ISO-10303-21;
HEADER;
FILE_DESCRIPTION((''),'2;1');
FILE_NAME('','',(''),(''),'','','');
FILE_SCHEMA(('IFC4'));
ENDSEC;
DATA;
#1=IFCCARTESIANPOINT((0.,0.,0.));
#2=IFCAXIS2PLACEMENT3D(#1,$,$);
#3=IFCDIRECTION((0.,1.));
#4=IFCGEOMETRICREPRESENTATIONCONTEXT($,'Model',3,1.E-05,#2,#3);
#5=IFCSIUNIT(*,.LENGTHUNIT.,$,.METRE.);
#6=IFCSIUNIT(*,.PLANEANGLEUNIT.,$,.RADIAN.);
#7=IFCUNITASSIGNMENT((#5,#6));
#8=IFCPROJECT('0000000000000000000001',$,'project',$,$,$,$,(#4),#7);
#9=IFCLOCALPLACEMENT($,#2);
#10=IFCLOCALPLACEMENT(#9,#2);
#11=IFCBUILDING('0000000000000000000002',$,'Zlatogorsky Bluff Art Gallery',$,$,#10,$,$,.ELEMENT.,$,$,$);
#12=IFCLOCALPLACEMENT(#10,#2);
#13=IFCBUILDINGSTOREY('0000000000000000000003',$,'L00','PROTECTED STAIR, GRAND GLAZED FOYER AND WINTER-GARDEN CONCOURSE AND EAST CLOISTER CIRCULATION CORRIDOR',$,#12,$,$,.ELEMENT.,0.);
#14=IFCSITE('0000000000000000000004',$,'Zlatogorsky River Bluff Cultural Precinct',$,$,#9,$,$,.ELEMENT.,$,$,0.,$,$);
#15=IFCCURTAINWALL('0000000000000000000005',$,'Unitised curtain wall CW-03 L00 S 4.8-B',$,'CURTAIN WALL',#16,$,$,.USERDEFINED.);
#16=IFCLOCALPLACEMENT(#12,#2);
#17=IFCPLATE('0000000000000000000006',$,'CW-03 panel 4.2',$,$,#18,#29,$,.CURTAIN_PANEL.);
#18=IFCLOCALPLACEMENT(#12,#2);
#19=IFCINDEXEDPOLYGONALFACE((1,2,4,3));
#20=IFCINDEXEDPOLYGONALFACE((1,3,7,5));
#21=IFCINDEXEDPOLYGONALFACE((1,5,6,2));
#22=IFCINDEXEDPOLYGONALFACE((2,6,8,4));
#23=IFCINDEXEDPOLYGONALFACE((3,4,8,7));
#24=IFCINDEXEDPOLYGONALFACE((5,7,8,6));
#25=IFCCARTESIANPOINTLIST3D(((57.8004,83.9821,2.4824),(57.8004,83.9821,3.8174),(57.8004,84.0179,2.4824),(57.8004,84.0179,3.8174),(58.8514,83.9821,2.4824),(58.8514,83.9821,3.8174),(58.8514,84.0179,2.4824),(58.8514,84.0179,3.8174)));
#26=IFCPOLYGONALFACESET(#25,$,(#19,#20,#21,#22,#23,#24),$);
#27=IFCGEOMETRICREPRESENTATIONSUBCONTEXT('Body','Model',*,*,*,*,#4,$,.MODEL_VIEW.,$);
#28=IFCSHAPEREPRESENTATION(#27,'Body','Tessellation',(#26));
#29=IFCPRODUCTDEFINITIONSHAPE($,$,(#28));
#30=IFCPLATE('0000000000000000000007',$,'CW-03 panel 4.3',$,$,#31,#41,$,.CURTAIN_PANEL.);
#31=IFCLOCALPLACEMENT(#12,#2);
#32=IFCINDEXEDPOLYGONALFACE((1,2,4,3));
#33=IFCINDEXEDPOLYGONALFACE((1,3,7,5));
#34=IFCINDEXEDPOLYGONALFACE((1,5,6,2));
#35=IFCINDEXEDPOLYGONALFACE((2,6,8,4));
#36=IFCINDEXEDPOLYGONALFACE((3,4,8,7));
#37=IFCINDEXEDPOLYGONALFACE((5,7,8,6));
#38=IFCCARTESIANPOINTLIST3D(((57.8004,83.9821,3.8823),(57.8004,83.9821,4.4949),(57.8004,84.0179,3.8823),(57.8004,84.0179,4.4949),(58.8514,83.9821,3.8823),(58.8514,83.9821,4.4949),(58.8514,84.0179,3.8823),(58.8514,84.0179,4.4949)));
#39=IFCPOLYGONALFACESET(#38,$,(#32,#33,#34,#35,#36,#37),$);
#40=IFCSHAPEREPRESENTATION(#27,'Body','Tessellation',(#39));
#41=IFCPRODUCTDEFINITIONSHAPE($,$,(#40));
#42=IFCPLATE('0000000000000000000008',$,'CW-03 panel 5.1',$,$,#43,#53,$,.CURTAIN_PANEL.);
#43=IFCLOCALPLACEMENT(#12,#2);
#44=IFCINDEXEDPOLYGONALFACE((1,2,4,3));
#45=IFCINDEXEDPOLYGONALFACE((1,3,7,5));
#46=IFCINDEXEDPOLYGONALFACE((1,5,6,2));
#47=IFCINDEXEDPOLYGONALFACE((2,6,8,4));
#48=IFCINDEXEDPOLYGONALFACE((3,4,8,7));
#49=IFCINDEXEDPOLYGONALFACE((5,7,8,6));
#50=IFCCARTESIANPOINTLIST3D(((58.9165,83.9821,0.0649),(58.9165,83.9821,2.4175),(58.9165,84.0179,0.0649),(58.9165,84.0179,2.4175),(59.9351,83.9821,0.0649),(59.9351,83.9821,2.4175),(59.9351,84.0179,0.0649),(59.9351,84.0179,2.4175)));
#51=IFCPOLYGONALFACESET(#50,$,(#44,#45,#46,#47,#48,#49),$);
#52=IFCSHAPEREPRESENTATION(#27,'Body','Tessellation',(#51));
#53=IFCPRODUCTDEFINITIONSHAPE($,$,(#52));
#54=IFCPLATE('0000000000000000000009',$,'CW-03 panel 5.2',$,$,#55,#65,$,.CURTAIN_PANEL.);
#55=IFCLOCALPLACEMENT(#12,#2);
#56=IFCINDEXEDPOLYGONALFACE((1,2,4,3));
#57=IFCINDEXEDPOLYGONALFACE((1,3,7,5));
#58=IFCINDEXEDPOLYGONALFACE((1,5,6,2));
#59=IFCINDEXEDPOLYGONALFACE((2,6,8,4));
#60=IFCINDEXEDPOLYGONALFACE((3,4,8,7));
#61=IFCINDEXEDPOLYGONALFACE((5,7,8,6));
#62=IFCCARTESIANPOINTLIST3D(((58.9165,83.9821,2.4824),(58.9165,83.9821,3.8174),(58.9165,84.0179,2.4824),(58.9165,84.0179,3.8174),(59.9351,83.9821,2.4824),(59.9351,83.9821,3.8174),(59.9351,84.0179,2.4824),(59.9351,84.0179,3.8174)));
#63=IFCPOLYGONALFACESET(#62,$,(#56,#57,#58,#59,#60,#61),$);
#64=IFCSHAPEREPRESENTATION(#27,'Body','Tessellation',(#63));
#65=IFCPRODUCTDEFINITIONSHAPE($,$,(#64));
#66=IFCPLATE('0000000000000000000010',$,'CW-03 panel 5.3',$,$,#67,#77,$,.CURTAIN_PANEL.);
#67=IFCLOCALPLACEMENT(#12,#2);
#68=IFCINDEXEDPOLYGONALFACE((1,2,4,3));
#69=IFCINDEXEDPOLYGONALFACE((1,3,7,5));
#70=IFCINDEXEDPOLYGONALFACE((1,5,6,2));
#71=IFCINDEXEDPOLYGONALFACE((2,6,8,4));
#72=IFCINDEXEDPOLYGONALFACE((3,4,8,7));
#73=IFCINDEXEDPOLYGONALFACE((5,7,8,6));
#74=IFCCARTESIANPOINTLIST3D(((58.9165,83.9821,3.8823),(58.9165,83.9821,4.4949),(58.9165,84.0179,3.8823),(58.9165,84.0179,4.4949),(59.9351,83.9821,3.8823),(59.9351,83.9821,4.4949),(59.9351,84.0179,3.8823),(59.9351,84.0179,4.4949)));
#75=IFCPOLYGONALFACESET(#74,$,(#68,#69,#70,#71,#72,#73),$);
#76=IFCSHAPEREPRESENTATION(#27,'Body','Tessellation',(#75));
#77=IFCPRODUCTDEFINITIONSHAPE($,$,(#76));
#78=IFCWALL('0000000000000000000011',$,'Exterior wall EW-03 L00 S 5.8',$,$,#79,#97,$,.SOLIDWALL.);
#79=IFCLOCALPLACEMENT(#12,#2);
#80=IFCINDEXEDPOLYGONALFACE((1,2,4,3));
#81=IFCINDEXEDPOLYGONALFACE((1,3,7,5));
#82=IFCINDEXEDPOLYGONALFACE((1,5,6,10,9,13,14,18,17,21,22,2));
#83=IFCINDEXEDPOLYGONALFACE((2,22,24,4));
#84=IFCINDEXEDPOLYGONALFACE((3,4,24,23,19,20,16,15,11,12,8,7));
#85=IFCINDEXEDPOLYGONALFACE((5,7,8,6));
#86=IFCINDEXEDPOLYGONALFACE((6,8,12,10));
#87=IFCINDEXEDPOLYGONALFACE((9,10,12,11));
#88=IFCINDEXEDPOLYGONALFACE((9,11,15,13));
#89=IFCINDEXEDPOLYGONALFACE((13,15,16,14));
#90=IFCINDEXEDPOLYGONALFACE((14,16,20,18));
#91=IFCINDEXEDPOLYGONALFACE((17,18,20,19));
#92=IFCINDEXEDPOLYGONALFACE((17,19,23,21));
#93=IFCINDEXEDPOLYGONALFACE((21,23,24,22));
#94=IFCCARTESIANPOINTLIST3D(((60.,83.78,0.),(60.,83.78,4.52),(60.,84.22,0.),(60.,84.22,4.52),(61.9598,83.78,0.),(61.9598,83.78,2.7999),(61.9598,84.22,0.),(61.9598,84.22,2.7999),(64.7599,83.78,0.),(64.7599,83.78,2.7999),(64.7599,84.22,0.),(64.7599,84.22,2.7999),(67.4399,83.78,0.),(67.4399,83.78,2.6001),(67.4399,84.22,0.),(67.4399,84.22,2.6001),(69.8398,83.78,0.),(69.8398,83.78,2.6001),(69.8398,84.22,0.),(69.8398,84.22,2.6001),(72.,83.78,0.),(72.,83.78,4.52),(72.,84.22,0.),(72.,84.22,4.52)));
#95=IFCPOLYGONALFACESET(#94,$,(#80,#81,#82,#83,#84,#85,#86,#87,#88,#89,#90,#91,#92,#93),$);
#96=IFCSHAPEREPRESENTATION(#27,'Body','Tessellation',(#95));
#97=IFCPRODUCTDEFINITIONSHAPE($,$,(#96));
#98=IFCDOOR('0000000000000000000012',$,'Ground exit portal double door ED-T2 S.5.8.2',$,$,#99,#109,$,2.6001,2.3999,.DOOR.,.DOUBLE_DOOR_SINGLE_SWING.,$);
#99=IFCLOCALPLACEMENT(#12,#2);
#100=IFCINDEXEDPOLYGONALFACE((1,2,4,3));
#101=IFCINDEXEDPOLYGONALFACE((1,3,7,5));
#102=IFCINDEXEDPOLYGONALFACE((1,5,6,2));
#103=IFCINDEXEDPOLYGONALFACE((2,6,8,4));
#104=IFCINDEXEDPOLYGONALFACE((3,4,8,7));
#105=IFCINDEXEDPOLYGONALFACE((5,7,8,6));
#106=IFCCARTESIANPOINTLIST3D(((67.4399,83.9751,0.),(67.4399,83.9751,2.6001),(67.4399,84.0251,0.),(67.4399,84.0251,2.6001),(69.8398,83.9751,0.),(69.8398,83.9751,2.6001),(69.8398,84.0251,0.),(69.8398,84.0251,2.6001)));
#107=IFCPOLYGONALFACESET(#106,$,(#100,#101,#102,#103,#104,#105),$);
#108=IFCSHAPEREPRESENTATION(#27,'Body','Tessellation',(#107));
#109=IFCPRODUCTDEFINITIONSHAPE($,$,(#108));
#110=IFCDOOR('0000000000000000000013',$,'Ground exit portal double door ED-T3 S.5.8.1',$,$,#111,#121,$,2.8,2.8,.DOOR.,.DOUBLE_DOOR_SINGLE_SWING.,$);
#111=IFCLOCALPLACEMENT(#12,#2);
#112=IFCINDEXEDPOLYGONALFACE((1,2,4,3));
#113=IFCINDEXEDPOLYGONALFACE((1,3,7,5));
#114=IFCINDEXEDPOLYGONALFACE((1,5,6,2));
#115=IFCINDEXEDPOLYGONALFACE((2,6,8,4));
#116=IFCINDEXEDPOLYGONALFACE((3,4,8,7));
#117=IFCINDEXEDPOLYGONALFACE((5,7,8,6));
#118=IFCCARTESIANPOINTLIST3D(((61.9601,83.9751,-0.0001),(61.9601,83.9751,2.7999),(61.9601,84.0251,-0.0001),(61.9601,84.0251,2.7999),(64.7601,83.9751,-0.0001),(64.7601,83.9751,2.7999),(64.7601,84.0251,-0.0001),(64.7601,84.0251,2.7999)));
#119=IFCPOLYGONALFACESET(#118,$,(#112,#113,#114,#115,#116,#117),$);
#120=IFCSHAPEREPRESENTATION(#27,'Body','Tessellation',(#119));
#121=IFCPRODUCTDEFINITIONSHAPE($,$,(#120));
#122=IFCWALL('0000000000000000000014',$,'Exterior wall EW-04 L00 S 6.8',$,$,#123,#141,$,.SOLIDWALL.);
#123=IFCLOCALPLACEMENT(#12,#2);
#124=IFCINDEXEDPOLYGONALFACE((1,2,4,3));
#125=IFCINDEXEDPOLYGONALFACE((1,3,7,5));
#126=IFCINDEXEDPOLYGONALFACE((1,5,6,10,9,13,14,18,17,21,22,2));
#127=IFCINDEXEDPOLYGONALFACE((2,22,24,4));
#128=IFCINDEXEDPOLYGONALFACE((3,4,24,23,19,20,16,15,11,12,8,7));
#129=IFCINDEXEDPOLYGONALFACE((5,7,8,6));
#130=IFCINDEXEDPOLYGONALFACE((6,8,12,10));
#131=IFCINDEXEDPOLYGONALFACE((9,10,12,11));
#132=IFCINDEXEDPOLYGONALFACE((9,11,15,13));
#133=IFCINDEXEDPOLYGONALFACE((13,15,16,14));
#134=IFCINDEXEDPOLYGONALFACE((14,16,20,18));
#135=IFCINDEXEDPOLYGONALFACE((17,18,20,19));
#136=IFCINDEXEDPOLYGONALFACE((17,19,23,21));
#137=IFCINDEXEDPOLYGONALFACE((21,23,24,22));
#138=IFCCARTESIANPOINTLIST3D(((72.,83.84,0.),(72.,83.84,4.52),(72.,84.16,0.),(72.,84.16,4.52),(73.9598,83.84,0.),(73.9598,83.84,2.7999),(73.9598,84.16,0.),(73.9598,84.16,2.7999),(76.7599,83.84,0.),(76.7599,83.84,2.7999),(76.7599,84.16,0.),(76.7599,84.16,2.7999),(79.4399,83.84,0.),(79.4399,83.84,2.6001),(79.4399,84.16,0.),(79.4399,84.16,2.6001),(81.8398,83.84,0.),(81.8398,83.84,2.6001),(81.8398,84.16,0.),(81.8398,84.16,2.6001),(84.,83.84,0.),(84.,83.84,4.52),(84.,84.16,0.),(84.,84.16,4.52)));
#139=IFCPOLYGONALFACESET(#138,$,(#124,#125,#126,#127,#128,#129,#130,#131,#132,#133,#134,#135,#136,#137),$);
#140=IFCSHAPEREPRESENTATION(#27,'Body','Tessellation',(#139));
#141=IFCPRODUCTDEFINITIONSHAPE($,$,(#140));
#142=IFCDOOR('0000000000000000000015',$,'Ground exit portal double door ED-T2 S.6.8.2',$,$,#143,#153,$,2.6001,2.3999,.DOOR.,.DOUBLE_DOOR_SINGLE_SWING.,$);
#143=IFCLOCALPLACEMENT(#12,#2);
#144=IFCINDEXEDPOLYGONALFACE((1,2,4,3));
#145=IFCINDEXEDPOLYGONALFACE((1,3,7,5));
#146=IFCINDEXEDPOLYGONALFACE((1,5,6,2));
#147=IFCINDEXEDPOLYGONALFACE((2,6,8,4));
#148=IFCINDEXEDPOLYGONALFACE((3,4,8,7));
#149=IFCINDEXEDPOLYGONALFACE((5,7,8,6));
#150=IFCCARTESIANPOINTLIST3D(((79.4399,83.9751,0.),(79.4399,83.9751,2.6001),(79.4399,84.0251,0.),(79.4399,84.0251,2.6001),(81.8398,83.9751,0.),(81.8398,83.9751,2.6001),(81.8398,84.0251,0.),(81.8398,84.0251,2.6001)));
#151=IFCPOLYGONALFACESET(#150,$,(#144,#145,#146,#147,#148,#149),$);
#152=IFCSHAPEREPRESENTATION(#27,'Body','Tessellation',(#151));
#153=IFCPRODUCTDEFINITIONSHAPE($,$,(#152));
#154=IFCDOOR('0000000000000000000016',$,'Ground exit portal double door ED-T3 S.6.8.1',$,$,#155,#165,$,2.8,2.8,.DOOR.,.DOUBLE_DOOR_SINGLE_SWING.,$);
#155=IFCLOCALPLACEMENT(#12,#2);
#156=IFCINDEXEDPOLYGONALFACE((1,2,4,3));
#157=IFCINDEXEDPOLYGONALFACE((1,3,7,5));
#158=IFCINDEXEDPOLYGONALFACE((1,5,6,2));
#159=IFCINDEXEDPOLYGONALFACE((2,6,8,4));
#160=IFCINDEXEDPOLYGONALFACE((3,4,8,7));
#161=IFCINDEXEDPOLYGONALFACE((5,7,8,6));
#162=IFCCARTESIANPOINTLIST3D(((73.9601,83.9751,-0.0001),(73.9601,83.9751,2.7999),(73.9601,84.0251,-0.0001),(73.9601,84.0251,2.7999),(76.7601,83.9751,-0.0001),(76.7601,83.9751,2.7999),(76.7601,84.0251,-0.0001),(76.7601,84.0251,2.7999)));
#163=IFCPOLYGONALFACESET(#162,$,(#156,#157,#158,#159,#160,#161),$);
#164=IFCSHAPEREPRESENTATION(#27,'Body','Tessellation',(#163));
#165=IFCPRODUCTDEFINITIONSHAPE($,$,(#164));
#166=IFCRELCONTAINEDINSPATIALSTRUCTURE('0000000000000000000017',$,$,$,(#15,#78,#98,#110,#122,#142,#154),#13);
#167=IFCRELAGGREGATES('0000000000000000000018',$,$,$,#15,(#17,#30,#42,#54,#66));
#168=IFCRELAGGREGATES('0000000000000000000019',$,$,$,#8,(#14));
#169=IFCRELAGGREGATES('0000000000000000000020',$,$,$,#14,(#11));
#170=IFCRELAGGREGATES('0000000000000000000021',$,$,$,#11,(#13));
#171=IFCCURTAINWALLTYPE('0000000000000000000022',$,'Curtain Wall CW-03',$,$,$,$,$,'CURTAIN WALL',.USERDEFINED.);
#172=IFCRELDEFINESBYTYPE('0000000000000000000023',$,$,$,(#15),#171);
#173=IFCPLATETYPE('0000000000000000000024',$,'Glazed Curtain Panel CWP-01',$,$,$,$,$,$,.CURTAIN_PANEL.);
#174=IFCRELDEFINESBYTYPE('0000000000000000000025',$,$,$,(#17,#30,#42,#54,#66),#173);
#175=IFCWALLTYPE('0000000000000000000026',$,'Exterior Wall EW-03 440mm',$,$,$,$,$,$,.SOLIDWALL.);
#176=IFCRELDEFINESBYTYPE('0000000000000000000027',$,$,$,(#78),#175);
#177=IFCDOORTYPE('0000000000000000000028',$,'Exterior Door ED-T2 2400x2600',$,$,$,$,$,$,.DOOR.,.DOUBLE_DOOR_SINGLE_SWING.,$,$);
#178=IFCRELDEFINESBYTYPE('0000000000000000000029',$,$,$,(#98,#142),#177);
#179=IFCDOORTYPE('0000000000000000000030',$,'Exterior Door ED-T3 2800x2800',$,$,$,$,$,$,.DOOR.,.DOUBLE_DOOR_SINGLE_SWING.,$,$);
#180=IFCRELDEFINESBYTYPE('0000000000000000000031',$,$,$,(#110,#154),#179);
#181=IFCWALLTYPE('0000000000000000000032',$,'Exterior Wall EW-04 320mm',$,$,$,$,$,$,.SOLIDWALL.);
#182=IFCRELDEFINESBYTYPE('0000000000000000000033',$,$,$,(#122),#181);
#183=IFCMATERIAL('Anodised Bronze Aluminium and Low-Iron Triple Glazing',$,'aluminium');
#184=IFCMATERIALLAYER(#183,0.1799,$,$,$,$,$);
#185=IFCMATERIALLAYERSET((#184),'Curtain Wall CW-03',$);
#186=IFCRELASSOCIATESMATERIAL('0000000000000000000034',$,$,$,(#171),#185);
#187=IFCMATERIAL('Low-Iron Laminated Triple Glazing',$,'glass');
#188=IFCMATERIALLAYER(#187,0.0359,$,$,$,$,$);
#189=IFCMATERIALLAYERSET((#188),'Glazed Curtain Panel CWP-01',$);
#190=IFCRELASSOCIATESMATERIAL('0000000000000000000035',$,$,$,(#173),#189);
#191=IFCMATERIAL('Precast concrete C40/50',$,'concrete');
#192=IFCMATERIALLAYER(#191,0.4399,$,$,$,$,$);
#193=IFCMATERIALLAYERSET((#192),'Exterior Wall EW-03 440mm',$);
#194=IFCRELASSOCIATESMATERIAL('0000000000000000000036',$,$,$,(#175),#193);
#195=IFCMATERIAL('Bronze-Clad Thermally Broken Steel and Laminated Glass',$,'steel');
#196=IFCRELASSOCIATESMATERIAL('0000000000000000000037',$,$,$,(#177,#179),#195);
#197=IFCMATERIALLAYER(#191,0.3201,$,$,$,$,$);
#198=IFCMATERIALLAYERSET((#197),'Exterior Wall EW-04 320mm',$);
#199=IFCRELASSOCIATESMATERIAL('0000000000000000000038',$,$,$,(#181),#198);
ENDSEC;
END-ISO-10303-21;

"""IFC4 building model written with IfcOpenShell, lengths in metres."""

from ifc_helpers import new_model, si_unit, direction, frame, frame_2d, origin, origin_2d, place, context, subcontext, project, spatial, rectangle, extrude, material, layer, layer_set, type_object, element, fill, aggregate, save


model = new_model("IFC4")

# Units and contexts
model_context = context("Model", 3, precision=1e-05, world=origin(), true_north=direction((0.0, 1.0)))
body_context = subcontext(model_context, "Body", "Model", "MODEL_VIEW")
ifc_project = project(units=[si_unit("LENGTHUNIT", "METRE"), si_unit("PLANEANGLEUNIT", "RADIAN")], contexts=[model_context])

# Site, building, storey
site_placement = place(None, origin())
site = spatial("IfcSite", under=ifc_project, at=site_placement, Name="Zlatogorsky River Bluff Cultural Precinct", CompositionType="ELEMENT", RefElevation=0.0)
building_placement = place(site_placement, origin())
building = spatial("IfcBuilding", under=site, at=building_placement, Name="Zlatogorsky Bluff Art Gallery", CompositionType="ELEMENT")
storey_placement = place(building_placement, origin())
storey = spatial("IfcBuildingStorey", under=building, at=storey_placement, Name="L00", Description="PROTECTED STAIR, GRAND GLAZED FOYER AND WINTER-GARDEN CONCOURSE AND EAST CLOISTER CIRCULATION CORRIDOR", CompositionType="ELEMENT", Elevation=0.0)

# Curtain wall, plates
ifc_material_1 = material(Name="Anodised Bronze Aluminium and Low-Iron Triple Glazing", Category="aluminium")
ifc_layer_1 = layer(ifc_material_1, 0.1799)
ifc_layer_set_1 = layer_set([ifc_layer_1], Name="Curtain Wall CW-03")
curtain_wall_type = type_object("IfcCurtainWallType", Name="Curtain Wall CW-03", ElementType="CURTAIN WALL", PredefinedType="USERDEFINED", material=ifc_layer_set_1)
curtain_wall_placement = place(storey_placement, origin())
curtain_wall = element("IfcCurtainWall", 1, at=curtain_wall_placement, inside=storey, type_object=curtain_wall_type, Name="Unitised curtain wall CW-03 L00 S 4.8-B", ObjectType="CURTAIN WALL", PredefinedType="USERDEFINED")
ifc_material_2 = material(Name="Low-Iron Laminated Triple Glazing", Category="glass")
ifc_layer_2 = layer(ifc_material_2, 0.0359)
ifc_layer_set_2 = layer_set([ifc_layer_2], Name="Glazed Curtain Panel CWP-01")
plate_type = type_object("IfcPlateType", Name="Glazed Curtain Panel CWP-01", PredefinedType="CURTAIN_PANEL", material=ifc_layer_set_2)
plate_1_placement = place(storey_placement, frame((58.3259, 84.0, 2.4824), z_axis=(0.0, 0.0, 1.0), x_axis=(1.0, 0.0, 0.0)))
plate_1 = element("IfcPlate", 2, at=plate_1_placement, type_object=plate_type, Name="CW-03 panel 4.2", PredefinedType="CURTAIN_PANEL", context=body_context, shape_type="SweptSolid", body=[
    extrude(rectangle(XDim=1.051, YDim=0.0359, at=origin_2d()), origin(), (0.0, 0.0, 1.0), 1.335),
])
plate_2_placement = place(storey_placement, frame((58.3259, 84.0, 3.8823), z_axis=(0.0, 0.0, 1.0), x_axis=(1.0, 0.0, 0.0)))
plate_2 = element("IfcPlate", 3, at=plate_2_placement, type_object=plate_type, Name="CW-03 panel 4.3", PredefinedType="CURTAIN_PANEL", context=body_context, shape_type="SweptSolid", body=[
    extrude(rectangle(XDim=1.051, YDim=0.0359, at=origin_2d()), origin(), (0.0, 0.0, 1.0), 0.6125),
])
plate_3_placement = place(storey_placement, frame((59.4258, 84.0, 0.0649), z_axis=(0.0, 0.0, 1.0), x_axis=(1.0, 0.0, 0.0)))
plate_3 = element("IfcPlate", 4, at=plate_3_placement, type_object=plate_type, Name="CW-03 panel 5.1", PredefinedType="CURTAIN_PANEL", context=body_context, shape_type="SweptSolid", body=[
    extrude(rectangle(XDim=1.0186, YDim=0.0359, at=origin_2d()), origin(), (0.0, 0.0, 1.0), 2.3525),
])
plate_4_placement = place(storey_placement, frame((59.4258, 84.0, 2.4824), z_axis=(0.0, 0.0, 1.0), x_axis=(1.0, 0.0, 0.0)))
plate_4 = element("IfcPlate", 5, at=plate_4_placement, type_object=plate_type, Name="CW-03 panel 5.2", PredefinedType="CURTAIN_PANEL", context=body_context, shape_type="SweptSolid", body=[
    extrude(rectangle(XDim=1.0186, YDim=0.0359, at=origin_2d()), origin(), (0.0, 0.0, 1.0), 1.335),
])
plate_5_placement = place(storey_placement, frame((59.4258, 84.0, 3.8823), z_axis=(0.0, 0.0, 1.0), x_axis=(1.0, 0.0, 0.0)))
plate_5 = element("IfcPlate", 6, at=plate_5_placement, type_object=plate_type, Name="CW-03 panel 5.3", PredefinedType="CURTAIN_PANEL", context=body_context, shape_type="SweptSolid", body=[
    extrude(rectangle(XDim=1.0186, YDim=0.0359, at=origin_2d()), origin(), (0.0, 0.0, 1.0), 0.6125),
])
aggregate(curtain_wall, [plate_1, plate_2, plate_3, plate_4, plate_5])

# Walls, openings, doors
ifc_material_3 = material(Name="Precast concrete C40/50", Category="concrete")
ifc_layer_3 = layer(ifc_material_3, 0.4399)
ifc_layer_set_3 = layer_set([ifc_layer_3], Name="Exterior Wall EW-03 440mm")
wall_type_1 = type_object("IfcWallType", Name="Exterior Wall EW-03 440mm", PredefinedType="SOLIDWALL", material=ifc_layer_set_3)
wall_1_placement = place(storey_placement, frame((60.0, 84.0, 0.0), z_axis=(0.0, 0.0, 1.0), x_axis=(1.0, 0.0, 0.0)))
wall_1 = element("IfcWall", 7, at=wall_1_placement, inside=storey, type_object=wall_type_1, Name="Exterior wall EW-03 L00 S 5.8", PredefinedType="SOLIDWALL", context=body_context, shape_type="SweptSolid", body=[
    extrude(rectangle(XDim=12.0, YDim=0.4399, at=frame_2d((6.0, 0.0))), origin(), (0.0, 0.0, 1.0), 4.52),
])
opening_1_placement = place(wall_1_placement, frame((1.96, 0.0, 0.0)))
opening_1 = element("IfcOpeningElement", 8, at=opening_1_placement, cuts=wall_1, PredefinedType="OPENING", context=body_context, shape_type="SweptSolid", body=[
    extrude(rectangle(XDim=2.8, YDim=2.8, at=frame_2d((1.3999, 1.3999))), frame((0.0, 0.23, 0.0), z_axis=(0.0, -1.0, 0.0), x_axis=(1.0, 0.0, 0.0)), (0.0, 0.0, 1.0), 0.46),
])
opening_2_placement = place(wall_1_placement, frame((7.4399, 0.0, 0.0)))
opening_2 = element("IfcOpeningElement", 9, at=opening_2_placement, cuts=wall_1, PredefinedType="OPENING", context=body_context, shape_type="SweptSolid", body=[
    extrude(rectangle(XDim=2.3999, YDim=2.6001, at=frame_2d((1.2, 1.3))), frame((0.0, 0.23, 0.0), z_axis=(0.0, -1.0, 0.0), x_axis=(1.0, 0.0, 0.0)), (0.0, 0.0, 1.0), 0.46),
])
ifc_material_4 = material(Name="Bronze-Clad Thermally Broken Steel and Laminated Glass", Category="steel")
door_type_1 = type_object("IfcDoorType", Name="Exterior Door ED-T2 2400x2600", OperationType="DOUBLE_DOOR_SINGLE_SWING", PredefinedType="DOOR", material=ifc_material_4)
door_1_placement = place(opening_2_placement, frame((2.3999, 0.0, 0.0), z_axis=(0.0, 0.0, 1.0), x_axis=(-1.0, 0.0, 0.0)))
door_1 = element("IfcDoor", 10, at=door_1_placement, inside=storey, type_object=door_type_1, Name="Ground exit portal double door ED-T2 S.5.8.2", OperationType="DOUBLE_DOOR_SINGLE_SWING", OverallHeight=2.6001, OverallWidth=2.3999, PredefinedType="DOOR", context=body_context, shape_type="SweptSolid", body=[
    extrude(rectangle(XDim=2.3999, YDim=2.6001, at=frame_2d((1.2, 1.3))), frame((0.0, 0.0249, 0.0), z_axis=(0.0, -1.0, 0.0), x_axis=(1.0, 0.0, 0.0)), (0.0, 0.0, 1.0), 0.05),
])
fill(opening_2, door_1)
door_type_2 = type_object("IfcDoorType", Name="Exterior Door ED-T3 2800x2800", OperationType="DOUBLE_DOOR_SINGLE_SWING", PredefinedType="DOOR", material=ifc_material_4)
door_2_placement = place(opening_1_placement, frame((2.8, 0.0, 0.0), z_axis=(0.0, 0.0, 1.0), x_axis=(-1.0, 0.0, 0.0)))
door_2 = element("IfcDoor", 11, at=door_2_placement, inside=storey, type_object=door_type_2, Name="Ground exit portal double door ED-T3 S.5.8.1", OperationType="DOUBLE_DOOR_SINGLE_SWING", OverallHeight=2.8, OverallWidth=2.8, PredefinedType="DOOR", context=body_context, shape_type="SweptSolid", body=[
    extrude(rectangle(XDim=2.8, YDim=2.8, at=frame_2d((1.3999, 1.3999))), frame((0.0, 0.0249, 0.0), z_axis=(0.0, -1.0, 0.0), x_axis=(1.0, 0.0, 0.0)), (0.0, 0.0, 1.0), 0.05),
])
fill(opening_1, door_2)
ifc_layer_4 = layer(ifc_material_3, 0.3201)
ifc_layer_set_4 = layer_set([ifc_layer_4], Name="Exterior Wall EW-04 320mm")
wall_type_2 = type_object("IfcWallType", Name="Exterior Wall EW-04 320mm", PredefinedType="SOLIDWALL", material=ifc_layer_set_4)
wall_2_placement = place(storey_placement, frame((72.0, 84.0, 0.0), z_axis=(0.0, 0.0, 1.0), x_axis=(1.0, 0.0, 0.0)))
wall_2 = element("IfcWall", 12, at=wall_2_placement, inside=storey, type_object=wall_type_2, Name="Exterior wall EW-04 L00 S 6.8", PredefinedType="SOLIDWALL", context=body_context, shape_type="SweptSolid", body=[
    extrude(rectangle(XDim=12.0, YDim=0.3201, at=frame_2d((6.0, 0.0))), origin(), (0.0, 0.0, 1.0), 4.52),
])
opening_3_placement = place(wall_2_placement, frame((1.96, 0.0, 0.0)))
opening_3 = element("IfcOpeningElement", 13, at=opening_3_placement, cuts=wall_2, PredefinedType="OPENING", context=body_context, shape_type="SweptSolid", body=[
    extrude(rectangle(XDim=2.8, YDim=2.8, at=frame_2d((1.3999, 1.3999))), frame((0.0, 0.1699, 0.0), z_axis=(0.0, -1.0, 0.0), x_axis=(1.0, 0.0, 0.0)), (0.0, 0.0, 1.0), 0.3401),
])
opening_4_placement = place(wall_2_placement, frame((7.4399, 0.0, 0.0)))
opening_4 = element("IfcOpeningElement", 14, at=opening_4_placement, cuts=wall_2, PredefinedType="OPENING", context=body_context, shape_type="SweptSolid", body=[
    extrude(rectangle(XDim=2.3999, YDim=2.6001, at=frame_2d((1.2, 1.3))), frame((0.0, 0.1699, 0.0), z_axis=(0.0, -1.0, 0.0), x_axis=(1.0, 0.0, 0.0)), (0.0, 0.0, 1.0), 0.3401),
])
door_3_placement = place(opening_4_placement, frame((2.3999, 0.0, 0.0), z_axis=(0.0, 0.0, 1.0), x_axis=(-1.0, 0.0, 0.0)))
door_3 = element("IfcDoor", 15, at=door_3_placement, inside=storey, type_object=door_type_1, Name="Ground exit portal double door ED-T2 S.6.8.2", OperationType="DOUBLE_DOOR_SINGLE_SWING", OverallHeight=2.6001, OverallWidth=2.3999, PredefinedType="DOOR", context=body_context, shape_type="SweptSolid", body=[
    extrude(rectangle(XDim=2.3999, YDim=2.6001, at=frame_2d((1.2, 1.3))), frame((0.0, 0.0249, 0.0), z_axis=(0.0, -1.0, 0.0), x_axis=(1.0, 0.0, 0.0)), (0.0, 0.0, 1.0), 0.05),
])
fill(opening_4, door_3)
door_4_placement = place(opening_3_placement, frame((2.8, 0.0, 0.0), z_axis=(0.0, 0.0, 1.0), x_axis=(-1.0, 0.0, 0.0)))
door_4 = element("IfcDoor", 16, at=door_4_placement, inside=storey, type_object=door_type_2, Name="Ground exit portal double door ED-T3 S.6.8.1", OperationType="DOUBLE_DOOR_SINGLE_SWING", OverallHeight=2.8, OverallWidth=2.8, PredefinedType="DOOR", context=body_context, shape_type="SweptSolid", body=[
    extrude(rectangle(XDim=2.8, YDim=2.8, at=frame_2d((1.3999, 1.3999))), frame((0.0, 0.0249, 0.0), z_axis=(0.0, -1.0, 0.0), x_axis=(1.0, 0.0, 0.0)), (0.0, 0.0, 1.0), 0.05),
])
fill(opening_3, door_4)

save(model, "model.ifc")
